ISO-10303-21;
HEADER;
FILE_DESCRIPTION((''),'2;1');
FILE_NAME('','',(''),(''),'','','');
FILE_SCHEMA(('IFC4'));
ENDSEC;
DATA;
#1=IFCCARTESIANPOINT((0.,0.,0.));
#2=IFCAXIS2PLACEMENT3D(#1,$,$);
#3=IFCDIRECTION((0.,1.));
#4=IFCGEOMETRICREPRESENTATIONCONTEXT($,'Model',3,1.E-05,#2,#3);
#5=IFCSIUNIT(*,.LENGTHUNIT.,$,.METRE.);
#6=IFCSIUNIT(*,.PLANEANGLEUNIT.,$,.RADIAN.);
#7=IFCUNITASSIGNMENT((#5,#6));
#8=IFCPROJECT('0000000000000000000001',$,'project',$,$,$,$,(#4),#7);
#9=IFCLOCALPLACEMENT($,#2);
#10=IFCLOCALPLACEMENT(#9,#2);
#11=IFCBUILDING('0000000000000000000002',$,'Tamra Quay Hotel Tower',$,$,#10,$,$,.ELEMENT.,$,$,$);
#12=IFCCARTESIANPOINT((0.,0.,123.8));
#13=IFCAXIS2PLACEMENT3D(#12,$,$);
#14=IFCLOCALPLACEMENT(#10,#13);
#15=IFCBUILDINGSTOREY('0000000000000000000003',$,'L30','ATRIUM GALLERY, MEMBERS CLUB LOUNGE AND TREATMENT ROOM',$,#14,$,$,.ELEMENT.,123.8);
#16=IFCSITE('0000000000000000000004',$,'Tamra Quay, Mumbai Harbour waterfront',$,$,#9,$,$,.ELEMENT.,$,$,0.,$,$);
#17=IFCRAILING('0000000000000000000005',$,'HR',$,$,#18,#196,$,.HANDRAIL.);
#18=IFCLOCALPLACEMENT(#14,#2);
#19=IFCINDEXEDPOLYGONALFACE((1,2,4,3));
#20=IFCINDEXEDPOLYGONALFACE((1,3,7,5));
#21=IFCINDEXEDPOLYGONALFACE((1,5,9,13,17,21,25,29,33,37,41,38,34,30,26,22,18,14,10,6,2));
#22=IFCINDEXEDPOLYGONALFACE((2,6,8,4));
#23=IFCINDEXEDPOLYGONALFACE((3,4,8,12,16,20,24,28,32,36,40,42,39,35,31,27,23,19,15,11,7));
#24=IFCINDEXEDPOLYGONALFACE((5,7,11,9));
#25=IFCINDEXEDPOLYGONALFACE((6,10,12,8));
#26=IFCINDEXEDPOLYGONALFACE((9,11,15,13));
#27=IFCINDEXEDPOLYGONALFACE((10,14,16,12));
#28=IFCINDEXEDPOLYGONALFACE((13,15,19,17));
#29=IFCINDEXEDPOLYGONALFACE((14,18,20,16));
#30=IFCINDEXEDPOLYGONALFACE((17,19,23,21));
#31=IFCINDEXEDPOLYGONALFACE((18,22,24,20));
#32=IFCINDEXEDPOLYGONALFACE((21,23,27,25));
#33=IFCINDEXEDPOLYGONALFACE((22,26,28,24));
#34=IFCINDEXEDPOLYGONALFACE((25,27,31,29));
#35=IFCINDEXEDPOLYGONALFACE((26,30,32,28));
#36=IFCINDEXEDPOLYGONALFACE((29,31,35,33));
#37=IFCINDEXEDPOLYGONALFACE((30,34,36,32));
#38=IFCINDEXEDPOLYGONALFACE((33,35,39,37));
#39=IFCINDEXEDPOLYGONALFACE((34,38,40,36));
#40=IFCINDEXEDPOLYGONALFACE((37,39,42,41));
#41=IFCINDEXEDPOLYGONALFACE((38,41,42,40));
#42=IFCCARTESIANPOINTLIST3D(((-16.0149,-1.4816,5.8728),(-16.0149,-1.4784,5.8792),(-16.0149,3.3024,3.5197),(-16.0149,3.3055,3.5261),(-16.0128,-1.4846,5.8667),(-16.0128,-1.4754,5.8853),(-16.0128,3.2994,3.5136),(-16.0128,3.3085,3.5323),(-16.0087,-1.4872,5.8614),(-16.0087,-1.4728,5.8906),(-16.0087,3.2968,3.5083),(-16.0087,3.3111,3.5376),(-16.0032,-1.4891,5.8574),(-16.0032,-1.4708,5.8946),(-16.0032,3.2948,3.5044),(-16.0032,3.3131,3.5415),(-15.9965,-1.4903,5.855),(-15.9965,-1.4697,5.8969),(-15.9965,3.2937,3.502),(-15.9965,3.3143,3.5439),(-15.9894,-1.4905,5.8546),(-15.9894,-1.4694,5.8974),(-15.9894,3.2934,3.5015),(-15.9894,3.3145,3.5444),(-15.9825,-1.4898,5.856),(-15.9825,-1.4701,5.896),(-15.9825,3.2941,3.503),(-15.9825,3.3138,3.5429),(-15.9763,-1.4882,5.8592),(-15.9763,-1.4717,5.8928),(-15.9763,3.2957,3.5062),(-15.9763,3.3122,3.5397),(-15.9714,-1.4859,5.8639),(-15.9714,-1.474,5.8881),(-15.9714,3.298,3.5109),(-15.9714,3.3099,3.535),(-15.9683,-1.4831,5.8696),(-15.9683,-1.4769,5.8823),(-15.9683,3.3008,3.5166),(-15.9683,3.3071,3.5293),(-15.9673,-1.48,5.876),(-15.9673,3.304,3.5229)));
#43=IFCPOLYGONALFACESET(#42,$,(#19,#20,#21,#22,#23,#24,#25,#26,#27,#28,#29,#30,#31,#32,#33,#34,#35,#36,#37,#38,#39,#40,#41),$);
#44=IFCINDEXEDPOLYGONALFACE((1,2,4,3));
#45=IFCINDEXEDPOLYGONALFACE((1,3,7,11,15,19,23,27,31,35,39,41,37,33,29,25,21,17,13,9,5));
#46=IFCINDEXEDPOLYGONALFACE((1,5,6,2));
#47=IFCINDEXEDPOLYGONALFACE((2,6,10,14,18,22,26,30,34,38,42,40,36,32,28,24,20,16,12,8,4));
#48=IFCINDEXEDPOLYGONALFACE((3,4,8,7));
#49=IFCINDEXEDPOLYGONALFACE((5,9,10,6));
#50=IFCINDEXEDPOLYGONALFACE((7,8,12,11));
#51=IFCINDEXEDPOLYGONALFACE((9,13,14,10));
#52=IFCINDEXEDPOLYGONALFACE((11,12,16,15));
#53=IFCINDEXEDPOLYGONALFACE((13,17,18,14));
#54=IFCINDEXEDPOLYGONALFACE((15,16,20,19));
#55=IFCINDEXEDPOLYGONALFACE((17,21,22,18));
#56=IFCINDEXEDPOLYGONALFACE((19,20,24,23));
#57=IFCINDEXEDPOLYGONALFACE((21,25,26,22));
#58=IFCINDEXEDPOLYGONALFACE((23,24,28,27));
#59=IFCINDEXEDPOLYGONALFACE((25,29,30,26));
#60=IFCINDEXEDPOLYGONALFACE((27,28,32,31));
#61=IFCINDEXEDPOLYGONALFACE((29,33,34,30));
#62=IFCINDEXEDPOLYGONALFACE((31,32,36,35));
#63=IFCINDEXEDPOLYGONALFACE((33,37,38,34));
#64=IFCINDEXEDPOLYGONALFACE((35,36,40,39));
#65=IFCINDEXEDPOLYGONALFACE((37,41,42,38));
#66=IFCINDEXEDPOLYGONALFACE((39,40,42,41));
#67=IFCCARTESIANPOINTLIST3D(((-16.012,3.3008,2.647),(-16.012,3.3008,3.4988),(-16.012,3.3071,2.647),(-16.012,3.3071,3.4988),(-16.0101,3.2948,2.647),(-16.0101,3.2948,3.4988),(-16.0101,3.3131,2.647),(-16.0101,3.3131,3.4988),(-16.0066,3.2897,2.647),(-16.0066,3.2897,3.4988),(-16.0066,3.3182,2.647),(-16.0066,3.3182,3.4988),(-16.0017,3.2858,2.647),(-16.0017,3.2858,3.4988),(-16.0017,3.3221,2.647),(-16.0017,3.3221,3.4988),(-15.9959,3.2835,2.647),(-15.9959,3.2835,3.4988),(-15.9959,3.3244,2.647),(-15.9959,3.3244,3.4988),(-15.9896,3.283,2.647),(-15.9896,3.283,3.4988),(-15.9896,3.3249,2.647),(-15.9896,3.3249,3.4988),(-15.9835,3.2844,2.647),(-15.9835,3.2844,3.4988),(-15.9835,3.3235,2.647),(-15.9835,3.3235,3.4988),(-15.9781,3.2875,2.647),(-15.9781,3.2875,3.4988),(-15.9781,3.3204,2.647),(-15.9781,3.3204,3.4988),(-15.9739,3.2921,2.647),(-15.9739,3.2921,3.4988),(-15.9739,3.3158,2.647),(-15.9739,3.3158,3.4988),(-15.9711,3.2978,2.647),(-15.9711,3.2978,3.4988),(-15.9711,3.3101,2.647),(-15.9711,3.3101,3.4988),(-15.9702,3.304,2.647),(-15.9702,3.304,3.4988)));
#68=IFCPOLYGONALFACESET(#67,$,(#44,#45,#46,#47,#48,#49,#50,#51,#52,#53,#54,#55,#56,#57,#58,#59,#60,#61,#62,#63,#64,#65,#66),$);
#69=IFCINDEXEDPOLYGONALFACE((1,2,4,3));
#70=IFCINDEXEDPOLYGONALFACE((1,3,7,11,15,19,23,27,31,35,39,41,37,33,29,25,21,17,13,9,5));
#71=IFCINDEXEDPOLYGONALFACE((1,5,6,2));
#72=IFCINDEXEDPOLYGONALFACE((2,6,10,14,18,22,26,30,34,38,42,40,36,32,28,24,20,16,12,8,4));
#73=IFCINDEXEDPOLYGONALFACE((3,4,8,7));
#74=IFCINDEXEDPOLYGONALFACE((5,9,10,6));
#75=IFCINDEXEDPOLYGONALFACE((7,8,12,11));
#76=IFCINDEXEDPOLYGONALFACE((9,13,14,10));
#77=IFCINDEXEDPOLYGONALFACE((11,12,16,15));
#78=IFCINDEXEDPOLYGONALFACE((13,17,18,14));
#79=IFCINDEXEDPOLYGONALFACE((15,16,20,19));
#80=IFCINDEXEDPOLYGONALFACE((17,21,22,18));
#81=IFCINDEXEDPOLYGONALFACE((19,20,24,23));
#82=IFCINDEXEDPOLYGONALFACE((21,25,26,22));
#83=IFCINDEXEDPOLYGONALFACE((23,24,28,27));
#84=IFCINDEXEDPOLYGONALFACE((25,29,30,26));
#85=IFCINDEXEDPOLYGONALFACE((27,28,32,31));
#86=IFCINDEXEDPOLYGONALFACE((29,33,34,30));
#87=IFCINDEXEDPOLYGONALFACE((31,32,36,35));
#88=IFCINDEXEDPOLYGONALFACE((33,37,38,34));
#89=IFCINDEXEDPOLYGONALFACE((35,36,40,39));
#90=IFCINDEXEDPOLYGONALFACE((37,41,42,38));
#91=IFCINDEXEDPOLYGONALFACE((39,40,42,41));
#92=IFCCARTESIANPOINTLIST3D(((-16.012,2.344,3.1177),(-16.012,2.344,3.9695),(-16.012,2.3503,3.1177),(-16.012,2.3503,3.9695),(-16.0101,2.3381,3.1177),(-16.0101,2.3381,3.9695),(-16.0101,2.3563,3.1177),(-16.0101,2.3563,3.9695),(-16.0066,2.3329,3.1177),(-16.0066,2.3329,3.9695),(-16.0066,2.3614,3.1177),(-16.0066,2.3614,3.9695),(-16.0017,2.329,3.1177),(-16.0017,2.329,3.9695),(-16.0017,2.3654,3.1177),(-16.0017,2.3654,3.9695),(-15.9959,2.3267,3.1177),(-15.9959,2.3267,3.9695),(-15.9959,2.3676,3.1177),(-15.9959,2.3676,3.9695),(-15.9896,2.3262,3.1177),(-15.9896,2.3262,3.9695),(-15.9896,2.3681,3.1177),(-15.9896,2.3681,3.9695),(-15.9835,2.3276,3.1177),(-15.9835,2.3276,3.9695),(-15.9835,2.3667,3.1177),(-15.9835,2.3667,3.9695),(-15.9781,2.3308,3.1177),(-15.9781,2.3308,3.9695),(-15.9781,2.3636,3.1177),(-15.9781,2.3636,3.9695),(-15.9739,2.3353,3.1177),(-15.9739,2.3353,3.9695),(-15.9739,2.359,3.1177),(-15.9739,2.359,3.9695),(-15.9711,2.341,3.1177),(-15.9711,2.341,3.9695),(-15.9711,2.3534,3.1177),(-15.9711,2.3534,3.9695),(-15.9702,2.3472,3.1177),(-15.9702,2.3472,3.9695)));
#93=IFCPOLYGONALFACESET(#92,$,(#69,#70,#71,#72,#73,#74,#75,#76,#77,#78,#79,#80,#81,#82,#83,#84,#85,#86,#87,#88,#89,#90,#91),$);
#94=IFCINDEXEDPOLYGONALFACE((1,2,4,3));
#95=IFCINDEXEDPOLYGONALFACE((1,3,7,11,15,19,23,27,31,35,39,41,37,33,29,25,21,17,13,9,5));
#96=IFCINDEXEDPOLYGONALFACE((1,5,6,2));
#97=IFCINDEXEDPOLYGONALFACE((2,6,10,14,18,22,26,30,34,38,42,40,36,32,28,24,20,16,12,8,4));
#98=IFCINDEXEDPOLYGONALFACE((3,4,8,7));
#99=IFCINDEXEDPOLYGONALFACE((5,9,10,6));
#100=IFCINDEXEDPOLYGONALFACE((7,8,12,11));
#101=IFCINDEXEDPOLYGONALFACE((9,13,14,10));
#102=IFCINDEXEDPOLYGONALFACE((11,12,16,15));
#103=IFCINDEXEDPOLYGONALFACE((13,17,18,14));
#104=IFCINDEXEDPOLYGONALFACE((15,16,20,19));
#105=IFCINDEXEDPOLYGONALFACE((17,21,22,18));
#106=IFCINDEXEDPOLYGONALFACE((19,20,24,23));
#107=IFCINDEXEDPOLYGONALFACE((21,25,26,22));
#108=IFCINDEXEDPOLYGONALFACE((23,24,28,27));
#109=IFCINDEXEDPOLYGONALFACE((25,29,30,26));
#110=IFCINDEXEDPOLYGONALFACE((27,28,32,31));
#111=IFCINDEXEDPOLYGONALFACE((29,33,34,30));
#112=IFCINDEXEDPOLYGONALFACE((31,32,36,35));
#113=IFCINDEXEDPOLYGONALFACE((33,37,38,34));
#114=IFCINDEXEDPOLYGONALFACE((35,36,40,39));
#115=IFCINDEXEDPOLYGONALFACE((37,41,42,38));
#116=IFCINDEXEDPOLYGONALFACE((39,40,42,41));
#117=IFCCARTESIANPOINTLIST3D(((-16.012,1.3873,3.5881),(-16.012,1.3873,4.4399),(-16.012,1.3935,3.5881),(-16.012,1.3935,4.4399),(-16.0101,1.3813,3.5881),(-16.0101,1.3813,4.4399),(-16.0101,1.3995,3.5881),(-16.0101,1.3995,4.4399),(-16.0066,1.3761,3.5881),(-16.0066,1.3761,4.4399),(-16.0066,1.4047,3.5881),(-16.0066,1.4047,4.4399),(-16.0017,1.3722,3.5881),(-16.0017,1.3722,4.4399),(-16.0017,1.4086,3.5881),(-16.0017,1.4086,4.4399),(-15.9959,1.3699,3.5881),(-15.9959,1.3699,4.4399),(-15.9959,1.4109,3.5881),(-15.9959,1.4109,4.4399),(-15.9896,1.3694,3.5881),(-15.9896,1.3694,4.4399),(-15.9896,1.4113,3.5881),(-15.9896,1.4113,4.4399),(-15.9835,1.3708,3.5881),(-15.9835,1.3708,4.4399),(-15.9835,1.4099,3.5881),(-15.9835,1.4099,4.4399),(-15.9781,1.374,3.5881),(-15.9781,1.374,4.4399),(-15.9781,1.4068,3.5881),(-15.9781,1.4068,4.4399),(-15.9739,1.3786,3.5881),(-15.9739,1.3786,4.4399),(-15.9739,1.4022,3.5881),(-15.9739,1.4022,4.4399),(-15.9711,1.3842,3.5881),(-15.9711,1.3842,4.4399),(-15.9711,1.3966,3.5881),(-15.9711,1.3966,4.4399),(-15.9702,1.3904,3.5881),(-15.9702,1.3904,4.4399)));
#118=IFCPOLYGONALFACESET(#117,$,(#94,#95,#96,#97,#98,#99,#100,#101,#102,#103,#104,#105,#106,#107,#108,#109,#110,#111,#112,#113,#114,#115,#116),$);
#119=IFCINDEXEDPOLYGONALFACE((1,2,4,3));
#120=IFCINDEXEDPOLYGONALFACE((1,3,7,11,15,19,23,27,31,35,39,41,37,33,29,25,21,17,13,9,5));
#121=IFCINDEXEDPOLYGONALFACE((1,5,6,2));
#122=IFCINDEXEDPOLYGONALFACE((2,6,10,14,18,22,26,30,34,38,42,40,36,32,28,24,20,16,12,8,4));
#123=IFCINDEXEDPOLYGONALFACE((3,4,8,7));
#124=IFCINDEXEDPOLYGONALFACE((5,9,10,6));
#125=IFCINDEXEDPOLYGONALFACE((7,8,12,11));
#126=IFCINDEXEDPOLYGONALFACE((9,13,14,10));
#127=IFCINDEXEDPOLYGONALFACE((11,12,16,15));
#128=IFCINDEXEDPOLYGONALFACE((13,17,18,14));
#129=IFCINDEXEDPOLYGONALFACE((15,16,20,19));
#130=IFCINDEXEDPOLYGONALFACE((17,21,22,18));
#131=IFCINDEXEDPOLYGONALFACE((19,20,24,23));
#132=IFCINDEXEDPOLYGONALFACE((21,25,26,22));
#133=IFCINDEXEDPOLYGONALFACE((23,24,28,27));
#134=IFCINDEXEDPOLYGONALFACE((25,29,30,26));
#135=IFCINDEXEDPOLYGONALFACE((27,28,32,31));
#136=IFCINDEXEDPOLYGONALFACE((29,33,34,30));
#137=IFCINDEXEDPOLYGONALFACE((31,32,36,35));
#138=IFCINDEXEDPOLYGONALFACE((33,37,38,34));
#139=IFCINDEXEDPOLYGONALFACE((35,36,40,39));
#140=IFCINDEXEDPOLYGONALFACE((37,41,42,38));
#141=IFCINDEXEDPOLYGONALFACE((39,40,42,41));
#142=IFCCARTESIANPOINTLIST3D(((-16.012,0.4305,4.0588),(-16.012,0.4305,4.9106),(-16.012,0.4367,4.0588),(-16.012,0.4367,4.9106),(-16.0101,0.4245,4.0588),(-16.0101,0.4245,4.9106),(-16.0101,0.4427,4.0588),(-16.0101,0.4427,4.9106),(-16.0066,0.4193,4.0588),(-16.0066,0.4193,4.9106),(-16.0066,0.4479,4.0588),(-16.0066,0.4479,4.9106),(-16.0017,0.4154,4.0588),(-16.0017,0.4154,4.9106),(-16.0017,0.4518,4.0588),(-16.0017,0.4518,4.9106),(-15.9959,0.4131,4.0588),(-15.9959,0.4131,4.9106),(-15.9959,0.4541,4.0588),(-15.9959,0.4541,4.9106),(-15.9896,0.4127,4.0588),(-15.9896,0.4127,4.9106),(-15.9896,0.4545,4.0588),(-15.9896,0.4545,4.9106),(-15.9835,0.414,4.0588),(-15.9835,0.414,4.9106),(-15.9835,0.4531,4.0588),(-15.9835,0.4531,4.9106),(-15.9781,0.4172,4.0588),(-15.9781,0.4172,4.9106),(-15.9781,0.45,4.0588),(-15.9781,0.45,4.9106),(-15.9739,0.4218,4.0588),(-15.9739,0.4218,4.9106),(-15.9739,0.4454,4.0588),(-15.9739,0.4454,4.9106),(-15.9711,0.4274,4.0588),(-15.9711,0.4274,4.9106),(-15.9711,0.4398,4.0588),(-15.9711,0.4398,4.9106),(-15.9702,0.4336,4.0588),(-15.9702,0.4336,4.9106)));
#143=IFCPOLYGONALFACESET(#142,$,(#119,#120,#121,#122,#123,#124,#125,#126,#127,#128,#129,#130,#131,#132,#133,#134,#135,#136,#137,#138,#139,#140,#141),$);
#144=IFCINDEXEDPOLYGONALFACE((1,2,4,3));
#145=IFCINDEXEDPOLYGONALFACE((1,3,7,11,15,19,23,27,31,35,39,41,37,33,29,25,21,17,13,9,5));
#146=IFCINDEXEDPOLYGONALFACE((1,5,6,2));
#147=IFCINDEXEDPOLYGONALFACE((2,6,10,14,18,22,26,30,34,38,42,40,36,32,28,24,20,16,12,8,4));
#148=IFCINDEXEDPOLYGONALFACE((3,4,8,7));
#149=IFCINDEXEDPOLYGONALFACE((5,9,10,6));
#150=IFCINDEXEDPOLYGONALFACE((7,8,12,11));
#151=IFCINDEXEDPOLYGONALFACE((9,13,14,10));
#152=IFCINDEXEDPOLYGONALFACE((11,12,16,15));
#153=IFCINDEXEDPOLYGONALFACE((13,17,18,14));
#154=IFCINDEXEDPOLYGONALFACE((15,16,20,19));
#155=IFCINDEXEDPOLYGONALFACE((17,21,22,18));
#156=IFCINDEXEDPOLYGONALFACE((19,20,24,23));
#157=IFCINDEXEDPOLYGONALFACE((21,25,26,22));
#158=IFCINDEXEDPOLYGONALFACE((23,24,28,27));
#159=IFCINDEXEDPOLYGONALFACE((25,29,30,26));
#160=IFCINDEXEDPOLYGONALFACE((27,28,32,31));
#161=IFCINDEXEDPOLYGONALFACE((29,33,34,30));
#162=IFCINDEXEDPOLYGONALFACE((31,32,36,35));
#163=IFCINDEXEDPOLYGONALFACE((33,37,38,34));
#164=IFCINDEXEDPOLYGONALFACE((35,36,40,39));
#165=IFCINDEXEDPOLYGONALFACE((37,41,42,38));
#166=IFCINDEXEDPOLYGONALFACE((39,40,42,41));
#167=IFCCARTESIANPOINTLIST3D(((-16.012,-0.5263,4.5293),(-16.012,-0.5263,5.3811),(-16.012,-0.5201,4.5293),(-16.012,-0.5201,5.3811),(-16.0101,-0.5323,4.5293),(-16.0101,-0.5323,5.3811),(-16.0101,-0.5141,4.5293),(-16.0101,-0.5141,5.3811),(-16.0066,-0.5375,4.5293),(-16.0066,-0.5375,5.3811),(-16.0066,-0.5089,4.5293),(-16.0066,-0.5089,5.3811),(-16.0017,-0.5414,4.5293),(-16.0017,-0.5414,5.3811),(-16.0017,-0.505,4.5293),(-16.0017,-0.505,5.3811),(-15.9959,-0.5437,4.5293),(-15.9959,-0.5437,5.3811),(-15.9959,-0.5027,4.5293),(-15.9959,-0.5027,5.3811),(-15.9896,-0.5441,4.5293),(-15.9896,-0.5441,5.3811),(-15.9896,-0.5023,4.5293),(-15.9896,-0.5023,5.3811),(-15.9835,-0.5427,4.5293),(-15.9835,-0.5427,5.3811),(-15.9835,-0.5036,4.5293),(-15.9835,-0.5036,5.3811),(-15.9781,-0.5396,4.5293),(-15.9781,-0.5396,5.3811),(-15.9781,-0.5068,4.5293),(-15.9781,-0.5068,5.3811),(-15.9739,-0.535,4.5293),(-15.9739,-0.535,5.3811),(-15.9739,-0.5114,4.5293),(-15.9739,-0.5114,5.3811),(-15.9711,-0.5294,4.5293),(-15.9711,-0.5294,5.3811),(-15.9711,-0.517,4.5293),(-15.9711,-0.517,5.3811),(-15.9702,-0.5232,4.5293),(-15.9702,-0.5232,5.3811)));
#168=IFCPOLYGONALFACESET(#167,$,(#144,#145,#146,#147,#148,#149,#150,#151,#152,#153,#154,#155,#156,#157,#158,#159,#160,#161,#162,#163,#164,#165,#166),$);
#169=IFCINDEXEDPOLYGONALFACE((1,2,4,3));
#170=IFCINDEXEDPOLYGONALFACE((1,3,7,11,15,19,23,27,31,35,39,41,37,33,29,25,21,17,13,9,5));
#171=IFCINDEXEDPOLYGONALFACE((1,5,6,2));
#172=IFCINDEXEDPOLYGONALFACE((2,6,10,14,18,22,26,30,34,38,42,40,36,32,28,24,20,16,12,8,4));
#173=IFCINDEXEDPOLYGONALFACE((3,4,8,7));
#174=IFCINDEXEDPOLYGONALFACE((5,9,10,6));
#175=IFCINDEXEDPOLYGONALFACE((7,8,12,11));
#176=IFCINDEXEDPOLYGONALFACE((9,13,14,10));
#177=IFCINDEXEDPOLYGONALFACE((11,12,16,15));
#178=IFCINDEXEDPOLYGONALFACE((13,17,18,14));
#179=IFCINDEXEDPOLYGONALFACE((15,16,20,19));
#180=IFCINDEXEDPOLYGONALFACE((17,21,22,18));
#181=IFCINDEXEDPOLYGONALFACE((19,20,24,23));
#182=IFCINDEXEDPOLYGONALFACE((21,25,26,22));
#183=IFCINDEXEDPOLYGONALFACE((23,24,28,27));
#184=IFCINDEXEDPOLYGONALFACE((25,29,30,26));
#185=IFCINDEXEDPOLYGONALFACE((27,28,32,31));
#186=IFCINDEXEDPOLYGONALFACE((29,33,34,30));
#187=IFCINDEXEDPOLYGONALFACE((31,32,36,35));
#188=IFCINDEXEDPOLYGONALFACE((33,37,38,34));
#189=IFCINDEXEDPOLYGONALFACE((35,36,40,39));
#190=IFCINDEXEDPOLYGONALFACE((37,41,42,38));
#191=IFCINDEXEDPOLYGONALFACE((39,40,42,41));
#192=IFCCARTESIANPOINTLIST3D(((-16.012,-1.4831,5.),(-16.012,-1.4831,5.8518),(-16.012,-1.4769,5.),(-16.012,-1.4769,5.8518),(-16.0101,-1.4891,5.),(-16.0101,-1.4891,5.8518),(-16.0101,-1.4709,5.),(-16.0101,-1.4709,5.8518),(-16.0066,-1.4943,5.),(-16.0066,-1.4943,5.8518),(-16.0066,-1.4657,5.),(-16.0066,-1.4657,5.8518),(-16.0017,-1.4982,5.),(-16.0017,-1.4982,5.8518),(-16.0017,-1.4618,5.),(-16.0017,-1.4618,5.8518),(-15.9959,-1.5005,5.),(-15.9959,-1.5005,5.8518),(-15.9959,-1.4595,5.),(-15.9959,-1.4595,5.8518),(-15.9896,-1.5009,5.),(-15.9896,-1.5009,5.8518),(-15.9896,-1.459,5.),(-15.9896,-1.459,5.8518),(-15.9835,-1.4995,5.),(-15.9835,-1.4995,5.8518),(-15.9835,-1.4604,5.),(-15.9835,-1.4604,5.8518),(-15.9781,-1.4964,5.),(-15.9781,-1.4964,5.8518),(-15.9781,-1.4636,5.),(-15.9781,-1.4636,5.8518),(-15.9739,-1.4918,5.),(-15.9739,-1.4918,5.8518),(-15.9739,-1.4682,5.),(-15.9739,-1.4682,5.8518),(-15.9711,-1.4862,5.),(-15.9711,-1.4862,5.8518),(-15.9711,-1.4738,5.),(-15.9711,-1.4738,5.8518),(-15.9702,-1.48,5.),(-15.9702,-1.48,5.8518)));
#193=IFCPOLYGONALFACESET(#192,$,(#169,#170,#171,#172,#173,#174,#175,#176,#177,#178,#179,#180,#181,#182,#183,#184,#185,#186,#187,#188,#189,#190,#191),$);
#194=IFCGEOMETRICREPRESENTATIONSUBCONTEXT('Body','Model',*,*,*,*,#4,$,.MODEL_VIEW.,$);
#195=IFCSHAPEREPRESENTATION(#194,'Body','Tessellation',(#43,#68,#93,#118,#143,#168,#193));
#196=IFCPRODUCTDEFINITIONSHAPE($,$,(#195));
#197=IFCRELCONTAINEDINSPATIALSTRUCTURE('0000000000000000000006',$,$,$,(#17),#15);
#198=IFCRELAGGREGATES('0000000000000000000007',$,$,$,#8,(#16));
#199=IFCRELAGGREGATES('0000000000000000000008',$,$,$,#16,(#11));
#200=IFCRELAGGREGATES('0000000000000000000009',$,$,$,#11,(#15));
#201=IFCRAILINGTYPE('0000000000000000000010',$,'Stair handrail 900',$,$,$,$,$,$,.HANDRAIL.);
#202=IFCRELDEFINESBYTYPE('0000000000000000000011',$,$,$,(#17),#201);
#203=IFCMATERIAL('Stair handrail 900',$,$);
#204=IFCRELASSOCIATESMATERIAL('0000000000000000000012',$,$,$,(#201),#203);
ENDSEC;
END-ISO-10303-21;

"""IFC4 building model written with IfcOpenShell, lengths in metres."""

from ifc_helpers import new_model, si_unit, direction, frame, origin, origin_2d, place, context, subcontext, project, spatial, circle, extrude, material, type_object, element, save


model = new_model("IFC4")

# Units and contexts
model_context = context("Model", 3, precision=1e-05, world=origin(), true_north=direction((0.0, 1.0)))
body_context = subcontext(model_context, "Body", "Model", "MODEL_VIEW")
ifc_project = project(units=[si_unit("LENGTHUNIT", "METRE"), si_unit("PLANEANGLEUNIT", "RADIAN")], contexts=[model_context])

# Site, building, storey
site_placement = place(None, origin())
site = spatial("IfcSite", under=ifc_project, at=site_placement, Name="Tamra Quay, Mumbai Harbour waterfront", CompositionType="ELEMENT", RefElevation=0.0)
building_placement = place(site_placement, origin())
building = spatial("IfcBuilding", under=site, at=building_placement, Name="Tamra Quay Hotel Tower", CompositionType="ELEMENT")
storey_placement = place(building_placement, frame((0.0, 0.0, 123.8)))
storey = spatial("IfcBuildingStorey", under=building, at=storey_placement, Name="L30", Description="ATRIUM GALLERY, MEMBERS CLUB LOUNGE AND TREATMENT ROOM", CompositionType="ELEMENT", Elevation=123.8)

# Railing
ifc_material_1 = material(Name="Stair handrail 900")
railing_type = type_object("IfcRailingType", Name="Stair handrail 900", PredefinedType="HANDRAIL", material=ifc_material_1)
railing_1_placement = place(storey_placement, frame((-15.9912, 3.304, 2.647)))
element("IfcRailing", 1, at=railing_1_placement, inside=storey, type_object=railing_type, Name="HR", PredefinedType="HANDRAIL", context=body_context, shape_type="SweptSolid", body=[
    extrude(circle(Radius=0.0239, at=origin_2d()), frame((0.0, 0.0, 0.876), z_axis=(0.0, -0.89733, 0.441361), x_axis=(1.0, 0.0, 0.0)), (0.0, 0.0, 1.0), 5.3313),
    extrude(circle(Radius=0.021, at=origin_2d()), origin(), (0.0, 0.0, 1.0), 0.8518),
    extrude(circle(Radius=0.021, at=origin_2d()), frame((0.0, -0.9568, 0.4707)), (0.0, 0.0, 1.0), 0.8518),
    extrude(circle(Radius=0.021, at=origin_2d()), frame((0.0, -1.9136, 0.9412)), (0.0, 0.0, 1.0), 0.8518),
    extrude(circle(Radius=0.021, at=origin_2d()), frame((0.0, -2.8704, 1.4119)), (0.0, 0.0, 1.0), 0.8518),
    extrude(circle(Radius=0.021, at=origin_2d()), frame((0.0, -3.8271, 1.8823)), (0.0, 0.0, 1.0), 0.8518),
    extrude(circle(Radius=0.021, at=origin_2d()), frame((0.0, -4.7839, 2.353)), (0.0, 0.0, 1.0), 0.8518),
])

save(model, "model.ifc")
